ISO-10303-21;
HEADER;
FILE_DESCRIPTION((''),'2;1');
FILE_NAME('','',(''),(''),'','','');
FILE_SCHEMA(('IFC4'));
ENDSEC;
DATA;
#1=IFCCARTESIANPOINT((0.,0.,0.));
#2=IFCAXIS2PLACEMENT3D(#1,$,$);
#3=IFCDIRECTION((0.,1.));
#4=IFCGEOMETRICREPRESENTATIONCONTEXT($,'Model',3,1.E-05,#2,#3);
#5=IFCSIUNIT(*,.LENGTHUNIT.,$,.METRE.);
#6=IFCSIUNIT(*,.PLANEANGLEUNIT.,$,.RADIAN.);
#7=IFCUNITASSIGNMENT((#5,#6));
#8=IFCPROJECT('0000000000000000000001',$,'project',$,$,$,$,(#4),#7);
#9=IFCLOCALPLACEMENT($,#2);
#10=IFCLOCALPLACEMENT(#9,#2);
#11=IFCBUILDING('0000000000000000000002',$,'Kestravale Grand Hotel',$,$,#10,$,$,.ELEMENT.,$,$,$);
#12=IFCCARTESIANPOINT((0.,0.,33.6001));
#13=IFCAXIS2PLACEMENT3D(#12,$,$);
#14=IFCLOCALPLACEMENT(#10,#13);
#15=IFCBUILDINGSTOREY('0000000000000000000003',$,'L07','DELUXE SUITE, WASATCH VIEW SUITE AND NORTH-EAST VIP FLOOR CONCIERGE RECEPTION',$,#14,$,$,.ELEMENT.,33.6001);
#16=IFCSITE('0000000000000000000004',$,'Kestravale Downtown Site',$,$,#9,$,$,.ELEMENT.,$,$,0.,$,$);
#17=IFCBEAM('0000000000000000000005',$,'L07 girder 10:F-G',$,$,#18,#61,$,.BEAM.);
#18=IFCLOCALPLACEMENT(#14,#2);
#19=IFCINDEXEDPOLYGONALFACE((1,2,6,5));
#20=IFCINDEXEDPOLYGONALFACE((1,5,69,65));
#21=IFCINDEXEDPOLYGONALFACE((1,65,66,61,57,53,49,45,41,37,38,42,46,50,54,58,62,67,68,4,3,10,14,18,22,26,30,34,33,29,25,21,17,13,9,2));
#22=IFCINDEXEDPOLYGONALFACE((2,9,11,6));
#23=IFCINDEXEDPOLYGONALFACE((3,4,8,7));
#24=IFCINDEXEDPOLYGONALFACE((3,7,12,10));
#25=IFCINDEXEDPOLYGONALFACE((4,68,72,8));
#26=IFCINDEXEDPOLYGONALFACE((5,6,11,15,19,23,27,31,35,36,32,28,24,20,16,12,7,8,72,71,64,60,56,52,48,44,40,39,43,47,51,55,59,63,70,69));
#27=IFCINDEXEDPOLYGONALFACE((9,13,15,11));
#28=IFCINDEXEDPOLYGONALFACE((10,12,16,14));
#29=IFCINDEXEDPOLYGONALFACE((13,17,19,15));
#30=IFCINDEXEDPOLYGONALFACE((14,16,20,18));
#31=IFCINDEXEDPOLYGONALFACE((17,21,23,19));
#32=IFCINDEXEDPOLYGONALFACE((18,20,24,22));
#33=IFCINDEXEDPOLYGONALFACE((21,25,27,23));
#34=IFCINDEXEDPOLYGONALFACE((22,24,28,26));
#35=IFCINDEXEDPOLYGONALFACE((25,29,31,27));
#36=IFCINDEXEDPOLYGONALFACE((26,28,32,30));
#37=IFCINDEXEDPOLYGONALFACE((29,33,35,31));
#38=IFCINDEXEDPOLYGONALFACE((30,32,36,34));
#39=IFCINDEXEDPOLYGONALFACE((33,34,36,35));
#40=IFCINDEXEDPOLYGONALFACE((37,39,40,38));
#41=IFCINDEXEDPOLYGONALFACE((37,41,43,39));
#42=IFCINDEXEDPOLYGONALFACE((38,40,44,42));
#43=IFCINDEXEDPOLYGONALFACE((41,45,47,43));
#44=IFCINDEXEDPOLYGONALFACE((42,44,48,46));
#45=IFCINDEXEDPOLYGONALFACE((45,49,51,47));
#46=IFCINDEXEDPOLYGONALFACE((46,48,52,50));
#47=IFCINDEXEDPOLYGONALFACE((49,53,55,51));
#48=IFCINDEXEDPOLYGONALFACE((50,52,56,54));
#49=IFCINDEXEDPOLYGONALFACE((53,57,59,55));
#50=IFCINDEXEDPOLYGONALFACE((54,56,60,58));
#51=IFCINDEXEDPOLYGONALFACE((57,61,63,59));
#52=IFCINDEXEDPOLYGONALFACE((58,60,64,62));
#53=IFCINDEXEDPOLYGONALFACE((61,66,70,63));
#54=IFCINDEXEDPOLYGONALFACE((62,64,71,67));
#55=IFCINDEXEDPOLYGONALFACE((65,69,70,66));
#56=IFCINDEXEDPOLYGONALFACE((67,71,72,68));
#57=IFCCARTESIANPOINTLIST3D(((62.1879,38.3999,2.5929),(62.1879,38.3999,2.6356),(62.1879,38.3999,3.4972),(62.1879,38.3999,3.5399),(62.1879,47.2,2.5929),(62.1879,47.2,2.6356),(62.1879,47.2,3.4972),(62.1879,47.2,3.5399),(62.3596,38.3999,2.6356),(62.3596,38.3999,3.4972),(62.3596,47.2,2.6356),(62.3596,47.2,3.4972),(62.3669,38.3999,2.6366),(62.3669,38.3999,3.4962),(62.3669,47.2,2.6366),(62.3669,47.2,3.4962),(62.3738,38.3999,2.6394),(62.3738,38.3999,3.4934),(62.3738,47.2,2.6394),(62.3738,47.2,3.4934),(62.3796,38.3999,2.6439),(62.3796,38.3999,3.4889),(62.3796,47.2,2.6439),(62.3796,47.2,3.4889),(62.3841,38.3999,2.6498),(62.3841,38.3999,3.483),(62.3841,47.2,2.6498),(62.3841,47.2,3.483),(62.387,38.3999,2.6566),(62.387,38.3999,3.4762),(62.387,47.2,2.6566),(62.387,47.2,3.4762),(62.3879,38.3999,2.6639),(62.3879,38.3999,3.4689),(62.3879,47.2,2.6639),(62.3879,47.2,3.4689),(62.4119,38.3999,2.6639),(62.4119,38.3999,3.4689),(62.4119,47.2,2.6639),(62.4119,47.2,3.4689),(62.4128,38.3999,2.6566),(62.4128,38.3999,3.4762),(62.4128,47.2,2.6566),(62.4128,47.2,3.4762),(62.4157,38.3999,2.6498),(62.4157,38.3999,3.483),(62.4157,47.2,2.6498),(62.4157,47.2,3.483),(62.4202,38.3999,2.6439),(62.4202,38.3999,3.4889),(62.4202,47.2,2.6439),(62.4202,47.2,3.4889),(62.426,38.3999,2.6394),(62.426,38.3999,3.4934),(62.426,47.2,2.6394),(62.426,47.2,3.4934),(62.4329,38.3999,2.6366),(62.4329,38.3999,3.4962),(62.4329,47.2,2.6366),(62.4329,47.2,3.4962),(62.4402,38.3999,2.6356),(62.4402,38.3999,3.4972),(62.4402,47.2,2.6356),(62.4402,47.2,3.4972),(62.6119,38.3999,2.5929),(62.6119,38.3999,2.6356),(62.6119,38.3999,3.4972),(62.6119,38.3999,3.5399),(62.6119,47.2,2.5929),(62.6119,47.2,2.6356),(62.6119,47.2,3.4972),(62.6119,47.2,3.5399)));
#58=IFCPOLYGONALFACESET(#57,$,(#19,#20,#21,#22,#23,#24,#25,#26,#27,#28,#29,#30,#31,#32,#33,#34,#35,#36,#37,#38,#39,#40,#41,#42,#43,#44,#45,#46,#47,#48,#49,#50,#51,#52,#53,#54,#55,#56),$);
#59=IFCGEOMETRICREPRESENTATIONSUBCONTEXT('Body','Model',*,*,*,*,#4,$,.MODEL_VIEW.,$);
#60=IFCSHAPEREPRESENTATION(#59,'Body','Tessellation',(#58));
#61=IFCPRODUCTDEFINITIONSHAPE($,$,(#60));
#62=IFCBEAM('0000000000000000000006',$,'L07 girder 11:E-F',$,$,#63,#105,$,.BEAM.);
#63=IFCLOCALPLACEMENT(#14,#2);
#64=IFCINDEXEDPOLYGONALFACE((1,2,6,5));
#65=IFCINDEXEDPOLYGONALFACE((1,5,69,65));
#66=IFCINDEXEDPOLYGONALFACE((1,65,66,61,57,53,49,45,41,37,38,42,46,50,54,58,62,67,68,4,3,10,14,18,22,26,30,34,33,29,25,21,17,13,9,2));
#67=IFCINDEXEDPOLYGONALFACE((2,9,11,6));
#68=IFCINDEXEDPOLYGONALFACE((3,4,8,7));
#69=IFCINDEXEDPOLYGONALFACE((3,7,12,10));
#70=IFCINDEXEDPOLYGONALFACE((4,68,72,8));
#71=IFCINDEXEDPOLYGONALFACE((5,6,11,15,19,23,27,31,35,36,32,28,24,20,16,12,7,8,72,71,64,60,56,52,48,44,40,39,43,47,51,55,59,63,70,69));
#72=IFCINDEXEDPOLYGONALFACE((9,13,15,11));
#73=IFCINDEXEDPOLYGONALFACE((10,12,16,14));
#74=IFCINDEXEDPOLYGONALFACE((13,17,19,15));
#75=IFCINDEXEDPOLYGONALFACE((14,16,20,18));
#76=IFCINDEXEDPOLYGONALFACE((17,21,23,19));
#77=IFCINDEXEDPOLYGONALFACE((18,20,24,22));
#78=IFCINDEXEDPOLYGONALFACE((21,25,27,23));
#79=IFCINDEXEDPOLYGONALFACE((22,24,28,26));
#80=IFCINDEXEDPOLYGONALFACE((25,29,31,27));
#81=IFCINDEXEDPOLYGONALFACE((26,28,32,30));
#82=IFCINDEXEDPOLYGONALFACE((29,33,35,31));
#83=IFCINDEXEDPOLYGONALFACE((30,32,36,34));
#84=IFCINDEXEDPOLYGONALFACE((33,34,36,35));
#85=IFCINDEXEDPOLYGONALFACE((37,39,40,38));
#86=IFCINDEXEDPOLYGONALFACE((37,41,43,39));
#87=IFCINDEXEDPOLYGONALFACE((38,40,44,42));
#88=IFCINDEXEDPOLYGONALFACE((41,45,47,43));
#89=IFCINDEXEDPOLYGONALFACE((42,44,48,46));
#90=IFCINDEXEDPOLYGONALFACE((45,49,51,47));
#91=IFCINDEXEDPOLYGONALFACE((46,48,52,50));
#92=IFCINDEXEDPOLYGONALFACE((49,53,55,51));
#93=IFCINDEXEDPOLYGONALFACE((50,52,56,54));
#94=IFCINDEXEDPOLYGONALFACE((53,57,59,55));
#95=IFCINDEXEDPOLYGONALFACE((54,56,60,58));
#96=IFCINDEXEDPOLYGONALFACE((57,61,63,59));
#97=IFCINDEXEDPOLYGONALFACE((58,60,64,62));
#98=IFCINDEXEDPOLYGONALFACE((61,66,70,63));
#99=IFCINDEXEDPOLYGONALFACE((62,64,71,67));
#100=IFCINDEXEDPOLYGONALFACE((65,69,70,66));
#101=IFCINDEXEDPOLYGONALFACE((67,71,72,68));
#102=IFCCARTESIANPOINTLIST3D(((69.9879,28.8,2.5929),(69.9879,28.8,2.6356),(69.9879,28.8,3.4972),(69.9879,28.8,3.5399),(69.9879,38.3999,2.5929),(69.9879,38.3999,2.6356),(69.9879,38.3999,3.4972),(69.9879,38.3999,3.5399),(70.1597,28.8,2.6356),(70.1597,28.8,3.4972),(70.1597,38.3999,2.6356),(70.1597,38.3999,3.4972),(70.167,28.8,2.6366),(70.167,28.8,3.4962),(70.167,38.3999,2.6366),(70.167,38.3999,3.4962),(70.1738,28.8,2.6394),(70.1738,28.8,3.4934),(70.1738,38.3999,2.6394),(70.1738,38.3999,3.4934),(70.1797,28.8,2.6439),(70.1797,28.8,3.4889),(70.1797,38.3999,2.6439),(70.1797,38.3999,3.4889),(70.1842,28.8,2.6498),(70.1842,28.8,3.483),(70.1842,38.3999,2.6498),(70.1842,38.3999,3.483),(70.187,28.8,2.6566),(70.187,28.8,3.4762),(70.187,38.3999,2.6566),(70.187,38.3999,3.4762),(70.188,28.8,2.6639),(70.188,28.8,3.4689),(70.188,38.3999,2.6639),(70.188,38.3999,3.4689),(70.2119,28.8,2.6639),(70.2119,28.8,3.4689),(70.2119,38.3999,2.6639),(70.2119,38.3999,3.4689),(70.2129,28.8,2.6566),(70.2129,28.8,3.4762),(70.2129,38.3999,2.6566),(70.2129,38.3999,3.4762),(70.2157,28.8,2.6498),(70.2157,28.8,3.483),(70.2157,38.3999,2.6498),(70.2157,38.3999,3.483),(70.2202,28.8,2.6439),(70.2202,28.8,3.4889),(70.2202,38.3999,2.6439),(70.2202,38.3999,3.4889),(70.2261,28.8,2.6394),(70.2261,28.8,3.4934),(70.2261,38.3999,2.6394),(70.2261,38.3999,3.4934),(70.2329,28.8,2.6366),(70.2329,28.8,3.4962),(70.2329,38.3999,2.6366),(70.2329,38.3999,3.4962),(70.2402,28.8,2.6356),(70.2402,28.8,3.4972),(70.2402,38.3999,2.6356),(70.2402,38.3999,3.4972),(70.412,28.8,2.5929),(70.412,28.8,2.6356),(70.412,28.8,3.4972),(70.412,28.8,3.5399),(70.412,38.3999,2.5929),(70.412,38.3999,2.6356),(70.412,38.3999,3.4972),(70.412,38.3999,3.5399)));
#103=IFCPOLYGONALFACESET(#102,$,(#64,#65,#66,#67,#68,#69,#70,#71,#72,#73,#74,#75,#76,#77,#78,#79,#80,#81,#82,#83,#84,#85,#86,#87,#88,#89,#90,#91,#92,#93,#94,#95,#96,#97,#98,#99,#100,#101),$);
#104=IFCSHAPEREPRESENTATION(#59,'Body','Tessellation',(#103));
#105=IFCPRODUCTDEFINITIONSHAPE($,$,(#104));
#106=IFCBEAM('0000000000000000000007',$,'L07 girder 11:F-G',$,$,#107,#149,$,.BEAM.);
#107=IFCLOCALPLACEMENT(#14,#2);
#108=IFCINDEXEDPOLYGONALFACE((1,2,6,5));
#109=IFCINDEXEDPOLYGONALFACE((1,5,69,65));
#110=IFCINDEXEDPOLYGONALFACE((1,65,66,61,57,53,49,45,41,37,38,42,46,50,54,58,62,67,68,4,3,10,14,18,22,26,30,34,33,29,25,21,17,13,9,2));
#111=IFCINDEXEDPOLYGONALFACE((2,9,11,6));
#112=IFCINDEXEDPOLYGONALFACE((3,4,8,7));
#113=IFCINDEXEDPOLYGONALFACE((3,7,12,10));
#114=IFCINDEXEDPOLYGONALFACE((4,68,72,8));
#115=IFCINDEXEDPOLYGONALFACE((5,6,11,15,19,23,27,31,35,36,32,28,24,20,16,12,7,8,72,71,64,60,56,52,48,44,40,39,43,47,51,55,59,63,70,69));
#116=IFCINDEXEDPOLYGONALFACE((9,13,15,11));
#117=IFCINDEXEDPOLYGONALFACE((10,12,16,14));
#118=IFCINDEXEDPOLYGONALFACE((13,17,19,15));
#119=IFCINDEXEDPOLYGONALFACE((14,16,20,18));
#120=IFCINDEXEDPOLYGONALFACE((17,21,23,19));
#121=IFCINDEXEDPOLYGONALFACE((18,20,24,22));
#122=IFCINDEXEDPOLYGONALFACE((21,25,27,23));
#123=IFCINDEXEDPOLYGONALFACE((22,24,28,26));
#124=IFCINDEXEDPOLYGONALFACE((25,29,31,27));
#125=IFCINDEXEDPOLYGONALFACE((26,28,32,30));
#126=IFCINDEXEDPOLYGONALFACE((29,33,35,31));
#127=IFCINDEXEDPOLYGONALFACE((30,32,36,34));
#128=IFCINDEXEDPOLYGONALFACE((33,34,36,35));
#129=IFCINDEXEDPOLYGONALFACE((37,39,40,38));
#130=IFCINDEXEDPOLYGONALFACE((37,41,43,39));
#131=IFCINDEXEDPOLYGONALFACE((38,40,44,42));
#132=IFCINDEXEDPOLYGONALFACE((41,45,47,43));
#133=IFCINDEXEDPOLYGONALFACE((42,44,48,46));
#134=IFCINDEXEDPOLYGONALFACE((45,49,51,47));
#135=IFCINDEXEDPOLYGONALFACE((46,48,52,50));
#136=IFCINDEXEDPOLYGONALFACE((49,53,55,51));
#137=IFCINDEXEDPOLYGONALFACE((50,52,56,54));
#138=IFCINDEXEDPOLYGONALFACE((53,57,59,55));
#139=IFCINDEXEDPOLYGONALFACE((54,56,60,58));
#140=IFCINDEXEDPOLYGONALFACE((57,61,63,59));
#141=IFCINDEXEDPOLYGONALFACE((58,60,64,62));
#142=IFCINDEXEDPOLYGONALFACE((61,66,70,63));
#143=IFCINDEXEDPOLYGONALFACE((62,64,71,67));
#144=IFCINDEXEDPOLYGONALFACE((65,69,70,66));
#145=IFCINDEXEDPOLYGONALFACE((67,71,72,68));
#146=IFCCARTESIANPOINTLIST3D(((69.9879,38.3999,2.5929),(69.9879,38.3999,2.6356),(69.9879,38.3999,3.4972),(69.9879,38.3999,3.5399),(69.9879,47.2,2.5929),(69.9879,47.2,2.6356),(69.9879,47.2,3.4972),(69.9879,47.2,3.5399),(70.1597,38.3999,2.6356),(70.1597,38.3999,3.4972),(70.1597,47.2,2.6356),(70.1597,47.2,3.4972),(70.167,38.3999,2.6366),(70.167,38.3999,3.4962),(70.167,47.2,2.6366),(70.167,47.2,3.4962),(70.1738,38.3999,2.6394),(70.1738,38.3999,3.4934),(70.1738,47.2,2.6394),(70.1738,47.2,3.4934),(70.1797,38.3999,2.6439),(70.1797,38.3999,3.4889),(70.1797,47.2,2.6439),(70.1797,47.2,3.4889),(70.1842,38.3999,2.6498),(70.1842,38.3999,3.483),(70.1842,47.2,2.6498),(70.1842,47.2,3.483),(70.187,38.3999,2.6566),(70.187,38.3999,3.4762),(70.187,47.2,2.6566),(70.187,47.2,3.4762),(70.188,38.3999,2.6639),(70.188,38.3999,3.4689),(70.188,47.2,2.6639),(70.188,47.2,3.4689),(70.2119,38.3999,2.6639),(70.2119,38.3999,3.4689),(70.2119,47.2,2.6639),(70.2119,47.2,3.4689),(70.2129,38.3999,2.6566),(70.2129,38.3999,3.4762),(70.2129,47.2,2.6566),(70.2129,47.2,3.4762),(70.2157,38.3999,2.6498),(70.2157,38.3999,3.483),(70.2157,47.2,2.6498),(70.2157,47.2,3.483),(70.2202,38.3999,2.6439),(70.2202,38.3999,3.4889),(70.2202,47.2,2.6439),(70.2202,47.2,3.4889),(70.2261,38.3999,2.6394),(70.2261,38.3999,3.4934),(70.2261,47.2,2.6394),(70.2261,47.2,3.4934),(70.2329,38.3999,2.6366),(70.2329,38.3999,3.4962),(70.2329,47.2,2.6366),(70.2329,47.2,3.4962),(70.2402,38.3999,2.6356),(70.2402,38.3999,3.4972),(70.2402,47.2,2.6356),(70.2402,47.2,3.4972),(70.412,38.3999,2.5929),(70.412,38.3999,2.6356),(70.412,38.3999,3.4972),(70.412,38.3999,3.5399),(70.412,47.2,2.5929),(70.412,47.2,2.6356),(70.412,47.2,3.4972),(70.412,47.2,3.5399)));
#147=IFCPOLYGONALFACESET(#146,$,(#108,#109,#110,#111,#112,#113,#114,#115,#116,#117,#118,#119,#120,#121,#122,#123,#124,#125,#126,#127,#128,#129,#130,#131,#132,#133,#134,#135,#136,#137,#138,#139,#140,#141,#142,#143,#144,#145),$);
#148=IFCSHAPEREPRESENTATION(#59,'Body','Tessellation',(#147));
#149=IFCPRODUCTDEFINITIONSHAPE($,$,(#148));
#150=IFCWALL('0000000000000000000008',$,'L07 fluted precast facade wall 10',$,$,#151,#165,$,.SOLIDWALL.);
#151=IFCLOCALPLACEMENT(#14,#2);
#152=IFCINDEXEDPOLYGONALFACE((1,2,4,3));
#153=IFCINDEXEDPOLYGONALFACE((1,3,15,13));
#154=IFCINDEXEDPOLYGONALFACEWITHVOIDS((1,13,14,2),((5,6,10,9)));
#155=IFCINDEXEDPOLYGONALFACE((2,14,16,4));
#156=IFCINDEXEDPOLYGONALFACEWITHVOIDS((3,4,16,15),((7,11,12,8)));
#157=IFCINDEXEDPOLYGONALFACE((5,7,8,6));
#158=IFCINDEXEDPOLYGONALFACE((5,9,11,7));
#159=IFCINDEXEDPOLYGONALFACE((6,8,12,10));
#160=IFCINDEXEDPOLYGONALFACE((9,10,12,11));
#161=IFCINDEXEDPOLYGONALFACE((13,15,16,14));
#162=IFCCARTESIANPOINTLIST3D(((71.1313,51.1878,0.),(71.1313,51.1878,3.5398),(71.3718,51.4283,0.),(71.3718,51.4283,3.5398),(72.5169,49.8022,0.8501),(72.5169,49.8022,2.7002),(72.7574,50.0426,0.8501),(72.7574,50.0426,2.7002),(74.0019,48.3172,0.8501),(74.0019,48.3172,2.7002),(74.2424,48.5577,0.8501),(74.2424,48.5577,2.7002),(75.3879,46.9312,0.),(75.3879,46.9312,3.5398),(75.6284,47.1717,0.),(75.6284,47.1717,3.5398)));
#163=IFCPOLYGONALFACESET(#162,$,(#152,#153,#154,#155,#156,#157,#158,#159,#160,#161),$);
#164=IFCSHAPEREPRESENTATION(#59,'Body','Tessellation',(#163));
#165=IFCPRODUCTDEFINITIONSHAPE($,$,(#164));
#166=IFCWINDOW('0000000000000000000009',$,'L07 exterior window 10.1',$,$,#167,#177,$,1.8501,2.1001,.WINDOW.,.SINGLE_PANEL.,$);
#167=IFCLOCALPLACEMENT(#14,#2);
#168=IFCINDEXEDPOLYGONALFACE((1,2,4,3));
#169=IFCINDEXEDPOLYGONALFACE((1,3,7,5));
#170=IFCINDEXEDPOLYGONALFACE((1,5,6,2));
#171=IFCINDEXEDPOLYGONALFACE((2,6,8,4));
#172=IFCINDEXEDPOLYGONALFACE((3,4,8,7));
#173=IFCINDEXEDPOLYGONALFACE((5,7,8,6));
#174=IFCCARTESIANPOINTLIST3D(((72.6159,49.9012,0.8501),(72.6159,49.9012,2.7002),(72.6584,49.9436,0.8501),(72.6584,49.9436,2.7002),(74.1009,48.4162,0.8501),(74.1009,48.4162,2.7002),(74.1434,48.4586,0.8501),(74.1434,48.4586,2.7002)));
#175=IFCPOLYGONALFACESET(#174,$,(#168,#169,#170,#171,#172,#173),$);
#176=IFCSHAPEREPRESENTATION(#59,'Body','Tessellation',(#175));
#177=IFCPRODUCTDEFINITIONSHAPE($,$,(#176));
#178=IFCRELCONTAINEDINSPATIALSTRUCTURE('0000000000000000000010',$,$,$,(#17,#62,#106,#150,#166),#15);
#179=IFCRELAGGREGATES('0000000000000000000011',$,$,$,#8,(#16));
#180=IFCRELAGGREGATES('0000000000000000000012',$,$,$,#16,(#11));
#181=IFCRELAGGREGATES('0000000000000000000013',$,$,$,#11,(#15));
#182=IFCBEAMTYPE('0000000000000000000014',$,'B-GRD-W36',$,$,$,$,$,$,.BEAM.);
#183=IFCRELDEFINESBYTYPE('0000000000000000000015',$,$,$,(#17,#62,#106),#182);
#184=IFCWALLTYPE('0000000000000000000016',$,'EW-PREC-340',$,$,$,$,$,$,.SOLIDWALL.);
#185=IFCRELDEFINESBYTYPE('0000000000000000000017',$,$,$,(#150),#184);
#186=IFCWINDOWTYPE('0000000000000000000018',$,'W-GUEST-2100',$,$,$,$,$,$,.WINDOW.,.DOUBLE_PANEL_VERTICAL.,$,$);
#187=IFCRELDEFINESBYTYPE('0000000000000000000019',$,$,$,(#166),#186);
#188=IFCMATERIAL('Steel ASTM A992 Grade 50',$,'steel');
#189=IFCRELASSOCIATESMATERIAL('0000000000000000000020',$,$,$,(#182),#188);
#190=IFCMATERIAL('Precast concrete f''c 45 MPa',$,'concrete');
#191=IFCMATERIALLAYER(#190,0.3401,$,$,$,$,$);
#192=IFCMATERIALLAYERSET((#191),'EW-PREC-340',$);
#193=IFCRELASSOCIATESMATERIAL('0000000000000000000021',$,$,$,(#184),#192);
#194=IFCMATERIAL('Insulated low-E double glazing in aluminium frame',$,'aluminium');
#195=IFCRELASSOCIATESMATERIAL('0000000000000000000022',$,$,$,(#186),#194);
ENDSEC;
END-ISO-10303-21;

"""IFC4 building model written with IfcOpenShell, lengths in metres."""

from ifc_helpers import new_model, si_unit, direction, frame, frame_2d, origin, origin_2d, place, context, subcontext, project, spatial, rectangle, i_section, extrude, material, layer, layer_set, material_profile, profile_set, type_object, element, fill, save


model = new_model("IFC4")

# Units and contexts
model_context = context("Model", 3, precision=1e-05, world=origin(), true_north=direction((0.0, 1.0)))
body_context = subcontext(model_context, "Body", "Model", "MODEL_VIEW")
ifc_project = project(units=[si_unit("LENGTHUNIT", "METRE"), si_unit("PLANEANGLEUNIT", "RADIAN")], contexts=[model_context])

# Site, building, storey
site_placement = place(None, origin())
site = spatial("IfcSite", under=ifc_project, at=site_placement, Name="Kestravale Downtown Site", CompositionType="ELEMENT", RefElevation=0.0)
building_placement = place(site_placement, origin())
building = spatial("IfcBuilding", under=site, at=building_placement, Name="Kestravale Grand Hotel", CompositionType="ELEMENT")
storey_placement = place(building_placement, frame((0.0, 0.0, 33.6001)))
storey = spatial("IfcBuildingStorey", under=building, at=storey_placement, Name="L07", Description="DELUXE SUITE, WASATCH VIEW SUITE AND NORTH-EAST VIP FLOOR CONCIERGE RECEPTION", CompositionType="ELEMENT", Elevation=33.6001)

# Beams
ifc_material_1 = material(Name="Steel ASTM A992 Grade 50", Category="steel")
ifc_material_profile_1 = material_profile(ifc_material_1, i_section(OverallWidth=0.4241, OverallDepth=0.947, WebThickness=0.0239, FlangeThickness=0.0427, FilletRadius=0.0283, at=origin_2d()))
ifc_profile_set_1 = profile_set([ifc_material_profile_1], Name="Steel ASTM A992 Grade 50")
beam_type_1 = type_object("IfcBeamType", Name="B-GRD-W36", PredefinedType="BEAM", material=ifc_profile_set_1)
beam_1_placement = place(storey_placement, frame((62.3999, 38.3999, 3.0664), z_axis=(0.0, 1.0, 0.0), x_axis=(-1.0, 0.0, 0.0)))
element("IfcBeam", 1, at=beam_1_placement, inside=storey, type_object=beam_type_1, Name="L07 girder 10:F-G", PredefinedType="BEAM", context=body_context, shape_type="SweptSolid", body=[
    extrude(i_section(OverallWidth=0.4241, OverallDepth=0.947, WebThickness=0.0239, FlangeThickness=0.0427, FilletRadius=0.0283, at=origin_2d()), origin(), (0.0, 0.0, 1.0), 8.8),
])
beam_2_placement = place(storey_placement, frame((70.2, 28.8, 3.0664), z_axis=(0.0, 1.0, 0.0), x_axis=(-1.0, 0.0, 0.0)))
element("IfcBeam", 2, at=beam_2_placement, inside=storey, type_object=beam_type_1, Name="L07 girder 11:E-F", PredefinedType="BEAM", context=body_context, shape_type="SweptSolid", body=[
    extrude(i_section(OverallWidth=0.4241, OverallDepth=0.947, WebThickness=0.0239, FlangeThickness=0.0427, FilletRadius=0.0283, at=origin_2d()), origin(), (0.0, 0.0, 1.0), 9.5999),
])
beam_3_placement = place(storey_placement, frame((70.2, 38.3999, 3.0664), z_axis=(0.0, 1.0, 0.0), x_axis=(-1.0, 0.0, 0.0)))
element("IfcBeam", 3, at=beam_3_placement, inside=storey, type_object=beam_type_1, Name="L07 girder 11:F-G", PredefinedType="BEAM", context=body_context, shape_type="SweptSolid", body=[
    extrude(i_section(OverallWidth=0.4241, OverallDepth=0.947, WebThickness=0.0239, FlangeThickness=0.0427, FilletRadius=0.0283, at=origin_2d()), origin(), (0.0, 0.0, 1.0), 8.8),
])

# Wall, opening, window
ifc_material_2 = material(Name="Precast concrete f'c 45 MPa", Category="concrete")
ifc_layer_1 = layer(ifc_material_2, 0.3401)
ifc_layer_set_1 = layer_set([ifc_layer_1], Name="EW-PREC-340")
wall_type_1 = type_object("IfcWallType", Name="EW-PREC-340", PredefinedType="SOLIDWALL", material=ifc_layer_set_1)
wall_1_placement = place(storey_placement, frame((75.5081, 47.0515, 0.0), z_axis=(0.0, 0.0, 1.0), x_axis=(-0.707107, 0.707107, 0.0)))
wall_1 = element("IfcWall", 4, at=wall_1_placement, inside=storey, type_object=wall_type_1, Name="L07 fluted precast facade wall 10", PredefinedType="SOLIDWALL", context=body_context, shape_type="SweptSolid", body=[
    extrude(rectangle(XDim=6.0198, YDim=0.3401, at=frame_2d((3.0098, 0.0))), origin(), (0.0, 0.0, 1.0), 3.5398),
])
opening_1_placement = place(wall_1_placement, frame((1.96, 0.0, 0.8501)))
opening_1 = element("IfcOpeningElement", 5, at=opening_1_placement, cuts=wall_1, PredefinedType="OPENING", context=body_context, shape_type="SweptSolid", body=[
    extrude(rectangle(XDim=2.1001, YDim=1.8501, at=frame_2d((1.05, 0.925))), frame((0.0, 0.1799, 0.0), z_axis=(0.0, -1.0, 0.0), x_axis=(1.0, 0.0, 0.0)), (0.0, 0.0, 1.0), 0.3601),
])
ifc_material_3 = material(Name="Insulated low-E double glazing in aluminium frame", Category="aluminium")
window_type = type_object("IfcWindowType", Name="W-GUEST-2100", PartitioningType="DOUBLE_PANEL_VERTICAL", PredefinedType="WINDOW", material=ifc_material_3)
window_1_placement = place(opening_1_placement, origin())
window_1 = element("IfcWindow", 6, at=window_1_placement, inside=storey, type_object=window_type, Name="L07 exterior window 10.1", OverallHeight=1.8501, OverallWidth=2.1001, PartitioningType="SINGLE_PANEL", PredefinedType="WINDOW", context=body_context, shape_type="SweptSolid", body=[
    extrude(rectangle(XDim=2.1001, YDim=1.8501, at=frame_2d((1.05, 0.925))), frame((0.0, 0.03, 0.0), z_axis=(0.0, -1.0, 0.0), x_axis=(1.0, 0.0, 0.0)), (0.0, 0.0, 1.0), 0.0601),
])
fill(opening_1, window_1)

save(model, "model.ifc")
